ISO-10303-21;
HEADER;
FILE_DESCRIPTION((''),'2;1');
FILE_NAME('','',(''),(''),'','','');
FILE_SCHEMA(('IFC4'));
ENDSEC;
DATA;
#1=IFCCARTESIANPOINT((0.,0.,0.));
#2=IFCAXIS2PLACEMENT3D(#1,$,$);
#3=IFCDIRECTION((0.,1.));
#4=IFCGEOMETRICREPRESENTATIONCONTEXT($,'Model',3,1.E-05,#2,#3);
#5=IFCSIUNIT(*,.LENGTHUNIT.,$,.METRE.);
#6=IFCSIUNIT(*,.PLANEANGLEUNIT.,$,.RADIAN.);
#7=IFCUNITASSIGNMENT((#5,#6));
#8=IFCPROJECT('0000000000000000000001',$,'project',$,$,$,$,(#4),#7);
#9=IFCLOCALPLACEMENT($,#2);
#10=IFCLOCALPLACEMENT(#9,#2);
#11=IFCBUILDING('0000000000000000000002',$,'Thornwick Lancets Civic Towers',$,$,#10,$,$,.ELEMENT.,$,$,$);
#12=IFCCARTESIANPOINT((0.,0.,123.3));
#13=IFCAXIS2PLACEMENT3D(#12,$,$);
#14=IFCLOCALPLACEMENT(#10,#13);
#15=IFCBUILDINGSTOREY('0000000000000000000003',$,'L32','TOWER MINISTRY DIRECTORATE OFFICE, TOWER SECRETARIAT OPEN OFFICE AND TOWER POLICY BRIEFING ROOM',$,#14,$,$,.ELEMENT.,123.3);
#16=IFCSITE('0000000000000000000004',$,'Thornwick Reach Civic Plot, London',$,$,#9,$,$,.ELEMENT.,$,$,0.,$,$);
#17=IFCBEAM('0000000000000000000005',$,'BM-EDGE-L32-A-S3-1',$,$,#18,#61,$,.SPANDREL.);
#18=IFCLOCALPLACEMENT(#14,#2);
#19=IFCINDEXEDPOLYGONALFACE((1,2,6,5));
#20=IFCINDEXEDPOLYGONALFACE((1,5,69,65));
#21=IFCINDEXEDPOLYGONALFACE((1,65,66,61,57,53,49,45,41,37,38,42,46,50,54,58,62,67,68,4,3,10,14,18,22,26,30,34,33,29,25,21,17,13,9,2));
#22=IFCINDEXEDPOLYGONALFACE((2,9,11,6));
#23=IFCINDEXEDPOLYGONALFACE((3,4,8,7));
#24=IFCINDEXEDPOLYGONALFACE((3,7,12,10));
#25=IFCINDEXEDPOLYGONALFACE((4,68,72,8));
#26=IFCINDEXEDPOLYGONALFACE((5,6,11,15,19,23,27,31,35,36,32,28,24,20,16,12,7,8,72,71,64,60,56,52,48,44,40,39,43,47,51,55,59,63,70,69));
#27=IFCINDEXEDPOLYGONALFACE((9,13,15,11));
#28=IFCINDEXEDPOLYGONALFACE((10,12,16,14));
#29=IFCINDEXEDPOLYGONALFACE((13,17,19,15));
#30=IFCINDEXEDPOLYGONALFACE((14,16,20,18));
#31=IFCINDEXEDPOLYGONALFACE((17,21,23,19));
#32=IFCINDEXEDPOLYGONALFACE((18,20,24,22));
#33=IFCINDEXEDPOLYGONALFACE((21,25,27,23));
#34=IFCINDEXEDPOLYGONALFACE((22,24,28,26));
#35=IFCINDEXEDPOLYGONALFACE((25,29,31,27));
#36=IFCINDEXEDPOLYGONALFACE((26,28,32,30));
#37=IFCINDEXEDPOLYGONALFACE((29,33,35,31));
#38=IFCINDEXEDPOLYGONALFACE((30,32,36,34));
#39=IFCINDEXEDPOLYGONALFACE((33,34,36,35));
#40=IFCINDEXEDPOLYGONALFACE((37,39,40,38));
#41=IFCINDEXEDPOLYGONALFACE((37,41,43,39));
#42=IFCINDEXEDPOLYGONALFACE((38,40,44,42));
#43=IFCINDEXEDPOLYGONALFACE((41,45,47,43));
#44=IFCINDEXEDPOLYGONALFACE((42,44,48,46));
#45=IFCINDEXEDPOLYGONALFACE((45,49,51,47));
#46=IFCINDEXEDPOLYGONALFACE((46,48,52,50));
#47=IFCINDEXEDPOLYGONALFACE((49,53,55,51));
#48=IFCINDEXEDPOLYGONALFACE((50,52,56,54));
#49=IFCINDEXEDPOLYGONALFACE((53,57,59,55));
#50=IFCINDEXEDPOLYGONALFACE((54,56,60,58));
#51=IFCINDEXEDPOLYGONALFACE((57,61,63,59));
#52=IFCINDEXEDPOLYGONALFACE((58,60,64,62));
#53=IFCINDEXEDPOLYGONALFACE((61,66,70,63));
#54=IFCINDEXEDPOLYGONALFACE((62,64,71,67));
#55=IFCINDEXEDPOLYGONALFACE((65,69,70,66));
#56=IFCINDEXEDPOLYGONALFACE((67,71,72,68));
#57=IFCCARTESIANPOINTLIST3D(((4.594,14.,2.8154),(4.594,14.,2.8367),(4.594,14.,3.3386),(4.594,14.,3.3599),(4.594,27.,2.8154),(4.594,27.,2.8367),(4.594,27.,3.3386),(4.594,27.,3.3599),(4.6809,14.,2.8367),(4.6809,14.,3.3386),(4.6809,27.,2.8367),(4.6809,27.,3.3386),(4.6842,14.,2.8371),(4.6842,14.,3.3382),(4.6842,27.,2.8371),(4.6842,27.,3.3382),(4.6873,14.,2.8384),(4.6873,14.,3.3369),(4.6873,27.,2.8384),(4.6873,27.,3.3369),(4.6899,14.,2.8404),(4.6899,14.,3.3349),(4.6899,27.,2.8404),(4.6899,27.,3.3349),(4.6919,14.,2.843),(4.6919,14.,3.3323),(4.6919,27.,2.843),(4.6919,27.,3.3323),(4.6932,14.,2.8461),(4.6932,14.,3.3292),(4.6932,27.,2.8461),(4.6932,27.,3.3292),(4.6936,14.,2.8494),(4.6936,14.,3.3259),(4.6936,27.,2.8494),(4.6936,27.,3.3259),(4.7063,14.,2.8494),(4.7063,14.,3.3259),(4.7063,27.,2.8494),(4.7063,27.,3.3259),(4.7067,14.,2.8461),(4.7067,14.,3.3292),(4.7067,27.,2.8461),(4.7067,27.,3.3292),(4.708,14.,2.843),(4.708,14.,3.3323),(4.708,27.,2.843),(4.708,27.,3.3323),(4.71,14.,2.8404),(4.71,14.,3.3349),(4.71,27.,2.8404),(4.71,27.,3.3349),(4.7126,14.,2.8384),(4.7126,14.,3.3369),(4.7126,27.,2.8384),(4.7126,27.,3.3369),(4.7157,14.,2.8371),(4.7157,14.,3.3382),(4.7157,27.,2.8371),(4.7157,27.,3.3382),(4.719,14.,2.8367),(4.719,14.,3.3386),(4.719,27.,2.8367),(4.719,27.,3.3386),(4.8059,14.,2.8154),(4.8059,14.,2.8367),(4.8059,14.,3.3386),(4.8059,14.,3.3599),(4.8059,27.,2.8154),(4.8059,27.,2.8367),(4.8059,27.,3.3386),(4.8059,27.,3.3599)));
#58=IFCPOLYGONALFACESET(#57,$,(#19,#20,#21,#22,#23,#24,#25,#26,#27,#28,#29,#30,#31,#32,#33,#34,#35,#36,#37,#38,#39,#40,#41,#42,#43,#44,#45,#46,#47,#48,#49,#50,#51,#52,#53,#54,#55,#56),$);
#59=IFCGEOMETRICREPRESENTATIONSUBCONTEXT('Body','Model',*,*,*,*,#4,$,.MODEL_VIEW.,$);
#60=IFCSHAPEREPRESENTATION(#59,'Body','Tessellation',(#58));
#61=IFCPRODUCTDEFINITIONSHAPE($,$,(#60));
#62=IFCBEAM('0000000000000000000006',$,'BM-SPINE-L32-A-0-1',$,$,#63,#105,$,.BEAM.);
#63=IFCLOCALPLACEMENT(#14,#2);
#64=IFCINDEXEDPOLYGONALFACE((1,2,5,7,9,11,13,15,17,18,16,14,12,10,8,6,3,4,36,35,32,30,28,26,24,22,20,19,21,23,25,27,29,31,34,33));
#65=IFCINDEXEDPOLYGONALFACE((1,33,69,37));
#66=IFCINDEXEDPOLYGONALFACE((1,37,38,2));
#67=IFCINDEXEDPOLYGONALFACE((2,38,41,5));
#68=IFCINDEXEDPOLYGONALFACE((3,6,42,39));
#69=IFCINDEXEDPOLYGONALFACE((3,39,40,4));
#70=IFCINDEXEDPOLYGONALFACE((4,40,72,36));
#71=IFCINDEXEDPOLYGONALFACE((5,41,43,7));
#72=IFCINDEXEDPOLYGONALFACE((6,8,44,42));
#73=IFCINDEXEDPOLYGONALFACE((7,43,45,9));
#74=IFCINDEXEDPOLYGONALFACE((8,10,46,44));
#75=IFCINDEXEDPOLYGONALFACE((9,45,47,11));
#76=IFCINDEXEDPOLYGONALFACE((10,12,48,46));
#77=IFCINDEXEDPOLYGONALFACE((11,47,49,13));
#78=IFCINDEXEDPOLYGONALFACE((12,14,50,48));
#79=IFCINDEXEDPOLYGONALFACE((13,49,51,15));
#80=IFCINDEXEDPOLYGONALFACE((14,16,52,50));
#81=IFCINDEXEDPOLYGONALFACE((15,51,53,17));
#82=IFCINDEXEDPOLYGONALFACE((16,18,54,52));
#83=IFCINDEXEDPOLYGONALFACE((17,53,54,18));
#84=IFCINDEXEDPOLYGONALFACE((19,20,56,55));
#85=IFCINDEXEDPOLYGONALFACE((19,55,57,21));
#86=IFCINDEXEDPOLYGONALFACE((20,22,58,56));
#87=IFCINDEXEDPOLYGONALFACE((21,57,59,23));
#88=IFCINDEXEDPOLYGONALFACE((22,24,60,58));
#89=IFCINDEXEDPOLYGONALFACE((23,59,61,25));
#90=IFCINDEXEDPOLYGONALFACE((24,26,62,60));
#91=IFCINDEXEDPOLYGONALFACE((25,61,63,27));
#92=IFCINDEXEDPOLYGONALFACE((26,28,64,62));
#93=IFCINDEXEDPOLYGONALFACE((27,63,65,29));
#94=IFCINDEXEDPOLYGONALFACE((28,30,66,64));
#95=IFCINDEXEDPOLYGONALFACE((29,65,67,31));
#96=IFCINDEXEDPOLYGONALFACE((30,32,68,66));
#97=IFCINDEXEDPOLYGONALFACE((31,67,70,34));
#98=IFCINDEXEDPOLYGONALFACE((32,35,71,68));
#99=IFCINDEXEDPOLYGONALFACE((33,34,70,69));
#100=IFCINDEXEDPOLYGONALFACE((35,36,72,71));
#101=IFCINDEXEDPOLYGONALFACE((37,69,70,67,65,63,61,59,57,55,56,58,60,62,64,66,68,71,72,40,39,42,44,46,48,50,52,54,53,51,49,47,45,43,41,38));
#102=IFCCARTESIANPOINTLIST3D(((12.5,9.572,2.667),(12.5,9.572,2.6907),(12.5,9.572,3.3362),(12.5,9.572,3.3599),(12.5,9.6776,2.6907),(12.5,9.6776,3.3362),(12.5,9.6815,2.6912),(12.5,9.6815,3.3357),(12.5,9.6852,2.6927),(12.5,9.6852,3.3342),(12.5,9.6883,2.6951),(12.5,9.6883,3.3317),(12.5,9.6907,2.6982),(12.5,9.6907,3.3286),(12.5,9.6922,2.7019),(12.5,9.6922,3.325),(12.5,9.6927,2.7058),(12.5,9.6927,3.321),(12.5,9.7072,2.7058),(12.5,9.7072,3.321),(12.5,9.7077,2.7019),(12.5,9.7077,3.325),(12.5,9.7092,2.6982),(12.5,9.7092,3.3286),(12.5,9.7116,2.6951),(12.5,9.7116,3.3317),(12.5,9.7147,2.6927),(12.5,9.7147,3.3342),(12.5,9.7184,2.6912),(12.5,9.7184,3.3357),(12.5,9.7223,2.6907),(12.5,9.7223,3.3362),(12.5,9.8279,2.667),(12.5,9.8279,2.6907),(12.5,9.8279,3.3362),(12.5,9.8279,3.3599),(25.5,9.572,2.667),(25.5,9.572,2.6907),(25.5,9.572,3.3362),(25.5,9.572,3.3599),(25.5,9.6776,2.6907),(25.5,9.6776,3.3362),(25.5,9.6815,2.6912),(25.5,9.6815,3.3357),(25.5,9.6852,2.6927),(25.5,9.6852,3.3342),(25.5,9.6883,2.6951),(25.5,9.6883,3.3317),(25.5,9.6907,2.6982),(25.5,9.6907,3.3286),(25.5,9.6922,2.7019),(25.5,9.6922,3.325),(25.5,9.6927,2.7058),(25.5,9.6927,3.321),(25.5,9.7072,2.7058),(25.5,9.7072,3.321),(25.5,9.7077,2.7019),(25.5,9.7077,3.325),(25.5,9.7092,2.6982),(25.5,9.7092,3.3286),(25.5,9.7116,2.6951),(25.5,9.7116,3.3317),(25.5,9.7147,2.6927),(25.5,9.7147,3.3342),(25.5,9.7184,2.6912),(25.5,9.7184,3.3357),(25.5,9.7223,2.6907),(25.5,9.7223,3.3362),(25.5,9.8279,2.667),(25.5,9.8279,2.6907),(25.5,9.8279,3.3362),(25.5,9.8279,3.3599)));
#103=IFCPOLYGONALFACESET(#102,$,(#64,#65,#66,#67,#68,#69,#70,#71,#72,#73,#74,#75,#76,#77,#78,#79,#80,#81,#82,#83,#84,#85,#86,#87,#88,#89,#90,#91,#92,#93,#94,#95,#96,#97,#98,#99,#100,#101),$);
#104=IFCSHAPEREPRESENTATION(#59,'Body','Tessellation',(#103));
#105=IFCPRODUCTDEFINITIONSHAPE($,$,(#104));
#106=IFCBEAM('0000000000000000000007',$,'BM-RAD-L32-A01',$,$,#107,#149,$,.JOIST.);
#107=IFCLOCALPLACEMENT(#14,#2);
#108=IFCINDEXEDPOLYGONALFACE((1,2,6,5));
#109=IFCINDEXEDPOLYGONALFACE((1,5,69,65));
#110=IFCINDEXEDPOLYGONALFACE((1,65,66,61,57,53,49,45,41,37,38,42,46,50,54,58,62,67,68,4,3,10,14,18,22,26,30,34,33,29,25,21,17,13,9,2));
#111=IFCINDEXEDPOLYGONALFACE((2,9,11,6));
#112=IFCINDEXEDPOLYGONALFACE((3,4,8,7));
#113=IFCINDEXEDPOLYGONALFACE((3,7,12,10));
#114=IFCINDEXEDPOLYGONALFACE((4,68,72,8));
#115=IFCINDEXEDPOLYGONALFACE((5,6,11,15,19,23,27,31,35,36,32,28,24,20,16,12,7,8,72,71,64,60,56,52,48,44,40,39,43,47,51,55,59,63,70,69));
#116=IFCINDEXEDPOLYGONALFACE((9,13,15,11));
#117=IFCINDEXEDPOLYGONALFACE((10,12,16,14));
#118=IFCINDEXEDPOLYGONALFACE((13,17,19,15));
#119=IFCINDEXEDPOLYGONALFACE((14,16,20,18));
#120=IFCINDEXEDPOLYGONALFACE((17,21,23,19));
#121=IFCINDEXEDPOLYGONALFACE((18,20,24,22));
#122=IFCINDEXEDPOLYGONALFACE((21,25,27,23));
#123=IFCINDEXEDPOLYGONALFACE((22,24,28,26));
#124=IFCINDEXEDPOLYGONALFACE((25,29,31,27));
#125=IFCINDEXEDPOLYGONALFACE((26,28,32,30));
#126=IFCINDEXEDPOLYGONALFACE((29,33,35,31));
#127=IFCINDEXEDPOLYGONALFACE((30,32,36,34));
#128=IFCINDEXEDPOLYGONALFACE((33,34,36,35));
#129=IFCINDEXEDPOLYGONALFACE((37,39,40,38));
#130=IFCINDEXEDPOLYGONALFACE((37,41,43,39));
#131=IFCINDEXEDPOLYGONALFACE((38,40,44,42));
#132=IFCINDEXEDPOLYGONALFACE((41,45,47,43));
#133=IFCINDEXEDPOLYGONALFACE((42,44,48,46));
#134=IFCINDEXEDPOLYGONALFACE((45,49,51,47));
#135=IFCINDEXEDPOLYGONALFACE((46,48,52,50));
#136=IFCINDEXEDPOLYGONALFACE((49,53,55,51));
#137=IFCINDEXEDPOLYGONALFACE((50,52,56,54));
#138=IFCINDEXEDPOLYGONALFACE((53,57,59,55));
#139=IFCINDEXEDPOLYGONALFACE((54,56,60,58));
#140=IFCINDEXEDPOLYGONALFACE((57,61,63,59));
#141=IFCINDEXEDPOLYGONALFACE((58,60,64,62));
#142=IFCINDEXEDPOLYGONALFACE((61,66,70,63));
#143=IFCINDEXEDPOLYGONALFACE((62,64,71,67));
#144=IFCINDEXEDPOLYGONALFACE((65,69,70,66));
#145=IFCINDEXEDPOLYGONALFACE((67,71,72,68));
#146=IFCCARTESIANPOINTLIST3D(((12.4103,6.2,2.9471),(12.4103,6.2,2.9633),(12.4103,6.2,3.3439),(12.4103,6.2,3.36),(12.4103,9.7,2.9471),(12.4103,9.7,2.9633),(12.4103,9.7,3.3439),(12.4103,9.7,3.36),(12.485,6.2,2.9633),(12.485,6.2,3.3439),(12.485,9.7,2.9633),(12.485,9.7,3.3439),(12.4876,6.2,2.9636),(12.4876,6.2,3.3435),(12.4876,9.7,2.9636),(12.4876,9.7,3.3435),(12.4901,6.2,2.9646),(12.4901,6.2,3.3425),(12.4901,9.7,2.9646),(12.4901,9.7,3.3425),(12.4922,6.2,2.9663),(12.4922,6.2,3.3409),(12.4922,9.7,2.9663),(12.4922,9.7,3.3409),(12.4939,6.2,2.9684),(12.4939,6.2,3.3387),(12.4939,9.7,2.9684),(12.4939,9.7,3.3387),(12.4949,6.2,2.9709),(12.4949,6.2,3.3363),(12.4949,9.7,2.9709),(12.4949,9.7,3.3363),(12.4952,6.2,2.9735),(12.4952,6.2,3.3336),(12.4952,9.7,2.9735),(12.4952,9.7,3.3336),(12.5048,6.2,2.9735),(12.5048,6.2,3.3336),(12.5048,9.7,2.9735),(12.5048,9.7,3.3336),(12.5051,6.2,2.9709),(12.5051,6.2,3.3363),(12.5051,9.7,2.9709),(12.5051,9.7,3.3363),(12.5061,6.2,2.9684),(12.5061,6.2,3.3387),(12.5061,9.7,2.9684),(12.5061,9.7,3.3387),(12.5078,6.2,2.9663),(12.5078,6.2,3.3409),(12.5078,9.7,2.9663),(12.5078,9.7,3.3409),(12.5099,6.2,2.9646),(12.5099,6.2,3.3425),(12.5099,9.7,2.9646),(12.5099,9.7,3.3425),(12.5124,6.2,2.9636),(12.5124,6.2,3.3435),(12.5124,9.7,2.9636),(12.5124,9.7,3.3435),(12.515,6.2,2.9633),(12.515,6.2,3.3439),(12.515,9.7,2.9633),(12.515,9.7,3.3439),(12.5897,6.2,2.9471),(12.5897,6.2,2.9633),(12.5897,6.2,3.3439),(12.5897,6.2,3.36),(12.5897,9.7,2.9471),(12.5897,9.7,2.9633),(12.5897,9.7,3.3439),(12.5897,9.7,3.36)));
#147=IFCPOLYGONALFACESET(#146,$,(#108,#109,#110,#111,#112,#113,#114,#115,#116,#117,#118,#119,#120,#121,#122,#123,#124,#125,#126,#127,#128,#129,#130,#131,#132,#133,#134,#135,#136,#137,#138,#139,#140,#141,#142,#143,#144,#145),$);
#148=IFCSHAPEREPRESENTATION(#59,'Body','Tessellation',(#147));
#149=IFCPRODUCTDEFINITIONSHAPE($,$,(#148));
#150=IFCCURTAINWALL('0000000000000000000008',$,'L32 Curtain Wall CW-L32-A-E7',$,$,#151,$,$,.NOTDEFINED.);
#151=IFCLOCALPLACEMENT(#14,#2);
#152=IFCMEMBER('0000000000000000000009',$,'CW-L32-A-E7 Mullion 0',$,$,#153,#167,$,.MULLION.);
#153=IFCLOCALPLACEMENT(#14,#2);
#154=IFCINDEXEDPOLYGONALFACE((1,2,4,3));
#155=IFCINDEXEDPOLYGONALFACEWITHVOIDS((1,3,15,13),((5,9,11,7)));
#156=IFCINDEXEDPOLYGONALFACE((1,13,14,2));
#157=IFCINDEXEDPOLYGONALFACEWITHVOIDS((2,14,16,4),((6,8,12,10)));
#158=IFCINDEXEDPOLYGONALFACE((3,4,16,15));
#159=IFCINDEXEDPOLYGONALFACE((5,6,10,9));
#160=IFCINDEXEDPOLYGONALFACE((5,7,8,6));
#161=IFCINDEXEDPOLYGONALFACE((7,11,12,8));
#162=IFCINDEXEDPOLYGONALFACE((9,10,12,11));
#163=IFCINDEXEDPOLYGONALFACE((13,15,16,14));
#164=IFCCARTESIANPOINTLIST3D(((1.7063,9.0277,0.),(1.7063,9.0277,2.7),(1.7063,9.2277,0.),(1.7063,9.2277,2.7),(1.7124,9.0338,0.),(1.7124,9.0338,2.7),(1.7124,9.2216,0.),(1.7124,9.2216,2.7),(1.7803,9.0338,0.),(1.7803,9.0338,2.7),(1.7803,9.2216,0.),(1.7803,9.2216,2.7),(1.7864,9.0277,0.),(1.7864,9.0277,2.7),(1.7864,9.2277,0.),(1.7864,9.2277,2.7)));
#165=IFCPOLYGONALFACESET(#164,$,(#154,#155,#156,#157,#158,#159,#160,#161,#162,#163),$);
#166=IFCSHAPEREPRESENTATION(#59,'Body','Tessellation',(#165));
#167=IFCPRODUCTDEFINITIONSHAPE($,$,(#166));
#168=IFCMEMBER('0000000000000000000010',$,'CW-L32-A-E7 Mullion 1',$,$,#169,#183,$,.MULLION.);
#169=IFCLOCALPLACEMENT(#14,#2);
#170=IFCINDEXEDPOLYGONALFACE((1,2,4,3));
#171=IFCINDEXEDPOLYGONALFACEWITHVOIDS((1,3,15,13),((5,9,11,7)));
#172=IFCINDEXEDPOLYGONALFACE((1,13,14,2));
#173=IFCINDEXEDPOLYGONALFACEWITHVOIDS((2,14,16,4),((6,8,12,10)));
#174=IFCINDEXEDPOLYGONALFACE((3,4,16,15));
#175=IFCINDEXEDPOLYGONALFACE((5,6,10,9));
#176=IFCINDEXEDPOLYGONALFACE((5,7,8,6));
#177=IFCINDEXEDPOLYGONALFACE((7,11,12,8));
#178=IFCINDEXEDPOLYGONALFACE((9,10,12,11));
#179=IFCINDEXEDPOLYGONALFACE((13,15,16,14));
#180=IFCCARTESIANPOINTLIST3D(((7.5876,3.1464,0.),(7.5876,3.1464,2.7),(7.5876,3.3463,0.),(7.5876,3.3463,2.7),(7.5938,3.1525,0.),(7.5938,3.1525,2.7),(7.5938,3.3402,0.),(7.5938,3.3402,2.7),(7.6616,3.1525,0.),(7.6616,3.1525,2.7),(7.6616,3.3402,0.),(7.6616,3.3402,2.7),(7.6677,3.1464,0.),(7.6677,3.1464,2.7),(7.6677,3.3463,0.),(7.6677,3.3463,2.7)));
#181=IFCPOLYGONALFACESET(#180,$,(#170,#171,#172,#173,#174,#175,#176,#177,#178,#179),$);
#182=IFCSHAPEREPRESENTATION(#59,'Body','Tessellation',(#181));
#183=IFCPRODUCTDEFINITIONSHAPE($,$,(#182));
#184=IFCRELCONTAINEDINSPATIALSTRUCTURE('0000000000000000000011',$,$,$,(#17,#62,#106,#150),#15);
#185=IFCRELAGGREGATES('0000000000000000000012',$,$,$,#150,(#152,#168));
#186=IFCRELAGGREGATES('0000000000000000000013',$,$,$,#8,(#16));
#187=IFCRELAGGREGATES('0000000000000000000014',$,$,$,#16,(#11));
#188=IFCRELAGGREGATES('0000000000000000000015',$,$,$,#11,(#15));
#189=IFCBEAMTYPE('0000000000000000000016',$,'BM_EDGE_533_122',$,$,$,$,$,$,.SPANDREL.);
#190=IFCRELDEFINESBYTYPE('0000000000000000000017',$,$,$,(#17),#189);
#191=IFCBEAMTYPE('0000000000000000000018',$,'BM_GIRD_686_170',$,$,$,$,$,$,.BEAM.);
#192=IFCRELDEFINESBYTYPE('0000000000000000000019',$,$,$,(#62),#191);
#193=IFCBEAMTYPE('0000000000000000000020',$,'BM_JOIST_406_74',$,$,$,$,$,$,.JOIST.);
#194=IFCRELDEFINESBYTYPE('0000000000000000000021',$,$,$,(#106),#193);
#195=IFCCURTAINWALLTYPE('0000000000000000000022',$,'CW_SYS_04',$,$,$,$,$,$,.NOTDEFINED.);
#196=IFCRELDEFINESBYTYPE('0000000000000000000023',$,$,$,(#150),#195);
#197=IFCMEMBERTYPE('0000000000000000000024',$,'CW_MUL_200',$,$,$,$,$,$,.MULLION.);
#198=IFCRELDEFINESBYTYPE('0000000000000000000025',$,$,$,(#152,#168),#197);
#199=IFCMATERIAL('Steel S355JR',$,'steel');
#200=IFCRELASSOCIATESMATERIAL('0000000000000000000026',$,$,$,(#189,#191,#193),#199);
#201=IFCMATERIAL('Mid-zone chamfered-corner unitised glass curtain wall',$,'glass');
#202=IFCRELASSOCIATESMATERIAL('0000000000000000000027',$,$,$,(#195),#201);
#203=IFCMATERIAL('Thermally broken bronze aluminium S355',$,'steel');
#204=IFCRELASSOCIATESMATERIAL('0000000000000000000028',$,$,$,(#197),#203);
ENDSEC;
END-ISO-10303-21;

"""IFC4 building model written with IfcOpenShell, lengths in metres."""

from ifc_helpers import new_model, si_unit, direction, frame, origin, origin_2d, place, context, subcontext, project, spatial, hollow_rectangle, i_section, extrude, material, material_profile, profile_set, type_object, element, aggregate, save


model = new_model("IFC4")

# Units and contexts
model_context = context("Model", 3, precision=1e-05, world=origin(), true_north=direction((0.0, 1.0)))
body_context = subcontext(model_context, "Body", "Model", "MODEL_VIEW")
ifc_project = project(units=[si_unit("LENGTHUNIT", "METRE"), si_unit("PLANEANGLEUNIT", "RADIAN")], contexts=[model_context])

# Site, building, storey
site_placement = place(None, origin())
site = spatial("IfcSite", under=ifc_project, at=site_placement, Name="Thornwick Reach Civic Plot, London", CompositionType="ELEMENT", RefElevation=0.0)
building_placement = place(site_placement, origin())
building = spatial("IfcBuilding", under=site, at=building_placement, Name="Thornwick Lancets Civic Towers", CompositionType="ELEMENT")
storey_placement = place(building_placement, frame((0.0, 0.0, 123.3)))
storey = spatial("IfcBuildingStorey", under=building, at=storey_placement, Name="L32", Description="TOWER MINISTRY DIRECTORATE OFFICE, TOWER SECRETARIAT OPEN OFFICE AND TOWER POLICY BRIEFING ROOM", CompositionType="ELEMENT", Elevation=123.3)

# Beams
ifc_material_1 = material(Name="Steel S355JR", Category="steel")
ifc_material_profile_1 = material_profile(ifc_material_1, i_section(OverallWidth=0.2119, OverallDepth=0.5444, WebThickness=0.0127, FlangeThickness=0.0212, FilletRadius=0.0127, at=origin_2d()), Name="UKB 533x210x122")
ifc_profile_set_1 = profile_set([ifc_material_profile_1], Name="Steel S355JR")
beam_type_1 = type_object("IfcBeamType", Name="BM_EDGE_533_122", PredefinedType="SPANDREL", material=ifc_profile_set_1)
for number, where, z_axis, x_axis, name in (
    (1, (4.7, 14.0, 3.0876), (0.0, 1.0, 0.0), (-1.0, 0.0, 0.0), "BM-EDGE-L32-A-S3-1"),
):
    element("IfcBeam", number, at=place(storey_placement, frame(where, z_axis=z_axis, x_axis=x_axis)), inside=storey, type_object=beam_type_1, Name=name, PredefinedType="SPANDREL", context=body_context, shape_type="SweptSolid", body=[
        extrude(i_section(OverallWidth=0.2119, OverallDepth=0.5444, WebThickness=0.0127, FlangeThickness=0.0212, FilletRadius=0.0127, at=origin_2d()), origin(), (0.0, 0.0, 1.0), 13.0),
    ])
ifc_material_profile_2 = material_profile(ifc_material_1, i_section(OverallWidth=0.2559, OverallDepth=0.6929, WebThickness=0.0144, FlangeThickness=0.0237, FilletRadius=0.0151, at=origin_2d()), Name="UKB 686x254x170")
ifc_profile_set_2 = profile_set([ifc_material_profile_2], Name="Steel S355JR")
beam_type_2 = type_object("IfcBeamType", Name="BM_GIRD_686_170", PredefinedType="BEAM", material=ifc_profile_set_2)
beam_1_placement = place(storey_placement, frame((12.5, 9.7, 3.0134), z_axis=(1.0, 0.0, 0.0), x_axis=(0.0, 1.0, 0.0)))
element("IfcBeam", 2, at=beam_1_placement, inside=storey, type_object=beam_type_2, Name="BM-SPINE-L32-A-0-1", PredefinedType="BEAM", context=body_context, shape_type="SweptSolid", body=[
    extrude(i_section(OverallWidth=0.2559, OverallDepth=0.6929, WebThickness=0.0144, FlangeThickness=0.0237, FilletRadius=0.0151, at=origin_2d()), origin(), (0.0, 0.0, 1.0), 13.0),
])
ifc_material_profile_3 = material_profile(ifc_material_1, i_section(OverallWidth=0.1794, OverallDepth=0.4128, WebThickness=0.0095, FlangeThickness=0.0161, FilletRadius=0.0103, at=origin_2d()), Name="UKB 406x178x74")
ifc_profile_set_3 = profile_set([ifc_material_profile_3], Name="Steel S355JR")
beam_type_3 = type_object("IfcBeamType", Name="BM_JOIST_406_74", PredefinedType="JOIST", material=ifc_profile_set_3)
beam_2_placement = place(storey_placement, frame((12.5, 9.7, 3.1536), z_axis=(0.0, -1.0, 0.0), x_axis=(1.0, 0.0, 0.0)))
element("IfcBeam", 3, at=beam_2_placement, inside=storey, type_object=beam_type_3, Name="BM-RAD-L32-A01", PredefinedType="JOIST", context=body_context, shape_type="SweptSolid", body=[
    extrude(i_section(OverallWidth=0.1794, OverallDepth=0.4128, WebThickness=0.0095, FlangeThickness=0.0161, FilletRadius=0.0103, at=origin_2d()), origin(), (0.0, 0.0, 1.0), 3.5),
])

# Curtain wall, members
ifc_material_2 = material(Name="Mid-zone chamfered-corner unitised glass curtain wall", Category="glass")
curtain_wall_type = type_object("IfcCurtainWallType", Name="CW_SYS_04", PredefinedType="NOTDEFINED", material=ifc_material_2)
curtain_wall_placement = place(storey_placement, origin())
curtain_wall = element("IfcCurtainWall", 4, at=curtain_wall_placement, inside=storey, type_object=curtain_wall_type, Name="L32 Curtain Wall CW-L32-A-E7", PredefinedType="NOTDEFINED")
ifc_material_3 = material(Name="Thermally broken bronze aluminium S355", Category="steel")
ifc_material_profile_4 = material_profile(ifc_material_3, hollow_rectangle(XDim=0.0801, YDim=0.2, WallThickness=0.0061, at=origin_2d()), Name="RHS 200x80x6")
ifc_profile_set_4 = profile_set([ifc_material_profile_4], Name="Thermally broken bronze aluminium S355")
member_type_1 = type_object("IfcMemberType", Name="CW_MUL_200", PredefinedType="MULLION", material=ifc_profile_set_4)
member_1_placement = place(storey_placement, frame((1.7463, 9.1277, 0.0), z_axis=(0.0, 0.0, 1.0), x_axis=(1.0, 0.0, 0.0)))
member_1 = element("IfcMember", 5, at=member_1_placement, type_object=member_type_1, Name="CW-L32-A-E7 Mullion 0", PredefinedType="MULLION", context=body_context, shape_type="SweptSolid", body=[
    extrude(hollow_rectangle(XDim=0.0801, YDim=0.2, WallThickness=0.0061, at=origin_2d()), origin(), (0.0, 0.0, 1.0), 2.7),
])
member_2_placement = place(storey_placement, frame((7.6277, 3.2463, 0.0), z_axis=(0.0, 0.0, 1.0), x_axis=(1.0, 0.0, 0.0)))
member_2 = element("IfcMember", 6, at=member_2_placement, type_object=member_type_1, Name="CW-L32-A-E7 Mullion 1", PredefinedType="MULLION", context=body_context, shape_type="SweptSolid", body=[
    extrude(hollow_rectangle(XDim=0.0801, YDim=0.2, WallThickness=0.0061, at=origin_2d()), origin(), (0.0, 0.0, 1.0), 2.7),
])
aggregate(curtain_wall, [member_1, member_2])

save(model, "model.ifc")
